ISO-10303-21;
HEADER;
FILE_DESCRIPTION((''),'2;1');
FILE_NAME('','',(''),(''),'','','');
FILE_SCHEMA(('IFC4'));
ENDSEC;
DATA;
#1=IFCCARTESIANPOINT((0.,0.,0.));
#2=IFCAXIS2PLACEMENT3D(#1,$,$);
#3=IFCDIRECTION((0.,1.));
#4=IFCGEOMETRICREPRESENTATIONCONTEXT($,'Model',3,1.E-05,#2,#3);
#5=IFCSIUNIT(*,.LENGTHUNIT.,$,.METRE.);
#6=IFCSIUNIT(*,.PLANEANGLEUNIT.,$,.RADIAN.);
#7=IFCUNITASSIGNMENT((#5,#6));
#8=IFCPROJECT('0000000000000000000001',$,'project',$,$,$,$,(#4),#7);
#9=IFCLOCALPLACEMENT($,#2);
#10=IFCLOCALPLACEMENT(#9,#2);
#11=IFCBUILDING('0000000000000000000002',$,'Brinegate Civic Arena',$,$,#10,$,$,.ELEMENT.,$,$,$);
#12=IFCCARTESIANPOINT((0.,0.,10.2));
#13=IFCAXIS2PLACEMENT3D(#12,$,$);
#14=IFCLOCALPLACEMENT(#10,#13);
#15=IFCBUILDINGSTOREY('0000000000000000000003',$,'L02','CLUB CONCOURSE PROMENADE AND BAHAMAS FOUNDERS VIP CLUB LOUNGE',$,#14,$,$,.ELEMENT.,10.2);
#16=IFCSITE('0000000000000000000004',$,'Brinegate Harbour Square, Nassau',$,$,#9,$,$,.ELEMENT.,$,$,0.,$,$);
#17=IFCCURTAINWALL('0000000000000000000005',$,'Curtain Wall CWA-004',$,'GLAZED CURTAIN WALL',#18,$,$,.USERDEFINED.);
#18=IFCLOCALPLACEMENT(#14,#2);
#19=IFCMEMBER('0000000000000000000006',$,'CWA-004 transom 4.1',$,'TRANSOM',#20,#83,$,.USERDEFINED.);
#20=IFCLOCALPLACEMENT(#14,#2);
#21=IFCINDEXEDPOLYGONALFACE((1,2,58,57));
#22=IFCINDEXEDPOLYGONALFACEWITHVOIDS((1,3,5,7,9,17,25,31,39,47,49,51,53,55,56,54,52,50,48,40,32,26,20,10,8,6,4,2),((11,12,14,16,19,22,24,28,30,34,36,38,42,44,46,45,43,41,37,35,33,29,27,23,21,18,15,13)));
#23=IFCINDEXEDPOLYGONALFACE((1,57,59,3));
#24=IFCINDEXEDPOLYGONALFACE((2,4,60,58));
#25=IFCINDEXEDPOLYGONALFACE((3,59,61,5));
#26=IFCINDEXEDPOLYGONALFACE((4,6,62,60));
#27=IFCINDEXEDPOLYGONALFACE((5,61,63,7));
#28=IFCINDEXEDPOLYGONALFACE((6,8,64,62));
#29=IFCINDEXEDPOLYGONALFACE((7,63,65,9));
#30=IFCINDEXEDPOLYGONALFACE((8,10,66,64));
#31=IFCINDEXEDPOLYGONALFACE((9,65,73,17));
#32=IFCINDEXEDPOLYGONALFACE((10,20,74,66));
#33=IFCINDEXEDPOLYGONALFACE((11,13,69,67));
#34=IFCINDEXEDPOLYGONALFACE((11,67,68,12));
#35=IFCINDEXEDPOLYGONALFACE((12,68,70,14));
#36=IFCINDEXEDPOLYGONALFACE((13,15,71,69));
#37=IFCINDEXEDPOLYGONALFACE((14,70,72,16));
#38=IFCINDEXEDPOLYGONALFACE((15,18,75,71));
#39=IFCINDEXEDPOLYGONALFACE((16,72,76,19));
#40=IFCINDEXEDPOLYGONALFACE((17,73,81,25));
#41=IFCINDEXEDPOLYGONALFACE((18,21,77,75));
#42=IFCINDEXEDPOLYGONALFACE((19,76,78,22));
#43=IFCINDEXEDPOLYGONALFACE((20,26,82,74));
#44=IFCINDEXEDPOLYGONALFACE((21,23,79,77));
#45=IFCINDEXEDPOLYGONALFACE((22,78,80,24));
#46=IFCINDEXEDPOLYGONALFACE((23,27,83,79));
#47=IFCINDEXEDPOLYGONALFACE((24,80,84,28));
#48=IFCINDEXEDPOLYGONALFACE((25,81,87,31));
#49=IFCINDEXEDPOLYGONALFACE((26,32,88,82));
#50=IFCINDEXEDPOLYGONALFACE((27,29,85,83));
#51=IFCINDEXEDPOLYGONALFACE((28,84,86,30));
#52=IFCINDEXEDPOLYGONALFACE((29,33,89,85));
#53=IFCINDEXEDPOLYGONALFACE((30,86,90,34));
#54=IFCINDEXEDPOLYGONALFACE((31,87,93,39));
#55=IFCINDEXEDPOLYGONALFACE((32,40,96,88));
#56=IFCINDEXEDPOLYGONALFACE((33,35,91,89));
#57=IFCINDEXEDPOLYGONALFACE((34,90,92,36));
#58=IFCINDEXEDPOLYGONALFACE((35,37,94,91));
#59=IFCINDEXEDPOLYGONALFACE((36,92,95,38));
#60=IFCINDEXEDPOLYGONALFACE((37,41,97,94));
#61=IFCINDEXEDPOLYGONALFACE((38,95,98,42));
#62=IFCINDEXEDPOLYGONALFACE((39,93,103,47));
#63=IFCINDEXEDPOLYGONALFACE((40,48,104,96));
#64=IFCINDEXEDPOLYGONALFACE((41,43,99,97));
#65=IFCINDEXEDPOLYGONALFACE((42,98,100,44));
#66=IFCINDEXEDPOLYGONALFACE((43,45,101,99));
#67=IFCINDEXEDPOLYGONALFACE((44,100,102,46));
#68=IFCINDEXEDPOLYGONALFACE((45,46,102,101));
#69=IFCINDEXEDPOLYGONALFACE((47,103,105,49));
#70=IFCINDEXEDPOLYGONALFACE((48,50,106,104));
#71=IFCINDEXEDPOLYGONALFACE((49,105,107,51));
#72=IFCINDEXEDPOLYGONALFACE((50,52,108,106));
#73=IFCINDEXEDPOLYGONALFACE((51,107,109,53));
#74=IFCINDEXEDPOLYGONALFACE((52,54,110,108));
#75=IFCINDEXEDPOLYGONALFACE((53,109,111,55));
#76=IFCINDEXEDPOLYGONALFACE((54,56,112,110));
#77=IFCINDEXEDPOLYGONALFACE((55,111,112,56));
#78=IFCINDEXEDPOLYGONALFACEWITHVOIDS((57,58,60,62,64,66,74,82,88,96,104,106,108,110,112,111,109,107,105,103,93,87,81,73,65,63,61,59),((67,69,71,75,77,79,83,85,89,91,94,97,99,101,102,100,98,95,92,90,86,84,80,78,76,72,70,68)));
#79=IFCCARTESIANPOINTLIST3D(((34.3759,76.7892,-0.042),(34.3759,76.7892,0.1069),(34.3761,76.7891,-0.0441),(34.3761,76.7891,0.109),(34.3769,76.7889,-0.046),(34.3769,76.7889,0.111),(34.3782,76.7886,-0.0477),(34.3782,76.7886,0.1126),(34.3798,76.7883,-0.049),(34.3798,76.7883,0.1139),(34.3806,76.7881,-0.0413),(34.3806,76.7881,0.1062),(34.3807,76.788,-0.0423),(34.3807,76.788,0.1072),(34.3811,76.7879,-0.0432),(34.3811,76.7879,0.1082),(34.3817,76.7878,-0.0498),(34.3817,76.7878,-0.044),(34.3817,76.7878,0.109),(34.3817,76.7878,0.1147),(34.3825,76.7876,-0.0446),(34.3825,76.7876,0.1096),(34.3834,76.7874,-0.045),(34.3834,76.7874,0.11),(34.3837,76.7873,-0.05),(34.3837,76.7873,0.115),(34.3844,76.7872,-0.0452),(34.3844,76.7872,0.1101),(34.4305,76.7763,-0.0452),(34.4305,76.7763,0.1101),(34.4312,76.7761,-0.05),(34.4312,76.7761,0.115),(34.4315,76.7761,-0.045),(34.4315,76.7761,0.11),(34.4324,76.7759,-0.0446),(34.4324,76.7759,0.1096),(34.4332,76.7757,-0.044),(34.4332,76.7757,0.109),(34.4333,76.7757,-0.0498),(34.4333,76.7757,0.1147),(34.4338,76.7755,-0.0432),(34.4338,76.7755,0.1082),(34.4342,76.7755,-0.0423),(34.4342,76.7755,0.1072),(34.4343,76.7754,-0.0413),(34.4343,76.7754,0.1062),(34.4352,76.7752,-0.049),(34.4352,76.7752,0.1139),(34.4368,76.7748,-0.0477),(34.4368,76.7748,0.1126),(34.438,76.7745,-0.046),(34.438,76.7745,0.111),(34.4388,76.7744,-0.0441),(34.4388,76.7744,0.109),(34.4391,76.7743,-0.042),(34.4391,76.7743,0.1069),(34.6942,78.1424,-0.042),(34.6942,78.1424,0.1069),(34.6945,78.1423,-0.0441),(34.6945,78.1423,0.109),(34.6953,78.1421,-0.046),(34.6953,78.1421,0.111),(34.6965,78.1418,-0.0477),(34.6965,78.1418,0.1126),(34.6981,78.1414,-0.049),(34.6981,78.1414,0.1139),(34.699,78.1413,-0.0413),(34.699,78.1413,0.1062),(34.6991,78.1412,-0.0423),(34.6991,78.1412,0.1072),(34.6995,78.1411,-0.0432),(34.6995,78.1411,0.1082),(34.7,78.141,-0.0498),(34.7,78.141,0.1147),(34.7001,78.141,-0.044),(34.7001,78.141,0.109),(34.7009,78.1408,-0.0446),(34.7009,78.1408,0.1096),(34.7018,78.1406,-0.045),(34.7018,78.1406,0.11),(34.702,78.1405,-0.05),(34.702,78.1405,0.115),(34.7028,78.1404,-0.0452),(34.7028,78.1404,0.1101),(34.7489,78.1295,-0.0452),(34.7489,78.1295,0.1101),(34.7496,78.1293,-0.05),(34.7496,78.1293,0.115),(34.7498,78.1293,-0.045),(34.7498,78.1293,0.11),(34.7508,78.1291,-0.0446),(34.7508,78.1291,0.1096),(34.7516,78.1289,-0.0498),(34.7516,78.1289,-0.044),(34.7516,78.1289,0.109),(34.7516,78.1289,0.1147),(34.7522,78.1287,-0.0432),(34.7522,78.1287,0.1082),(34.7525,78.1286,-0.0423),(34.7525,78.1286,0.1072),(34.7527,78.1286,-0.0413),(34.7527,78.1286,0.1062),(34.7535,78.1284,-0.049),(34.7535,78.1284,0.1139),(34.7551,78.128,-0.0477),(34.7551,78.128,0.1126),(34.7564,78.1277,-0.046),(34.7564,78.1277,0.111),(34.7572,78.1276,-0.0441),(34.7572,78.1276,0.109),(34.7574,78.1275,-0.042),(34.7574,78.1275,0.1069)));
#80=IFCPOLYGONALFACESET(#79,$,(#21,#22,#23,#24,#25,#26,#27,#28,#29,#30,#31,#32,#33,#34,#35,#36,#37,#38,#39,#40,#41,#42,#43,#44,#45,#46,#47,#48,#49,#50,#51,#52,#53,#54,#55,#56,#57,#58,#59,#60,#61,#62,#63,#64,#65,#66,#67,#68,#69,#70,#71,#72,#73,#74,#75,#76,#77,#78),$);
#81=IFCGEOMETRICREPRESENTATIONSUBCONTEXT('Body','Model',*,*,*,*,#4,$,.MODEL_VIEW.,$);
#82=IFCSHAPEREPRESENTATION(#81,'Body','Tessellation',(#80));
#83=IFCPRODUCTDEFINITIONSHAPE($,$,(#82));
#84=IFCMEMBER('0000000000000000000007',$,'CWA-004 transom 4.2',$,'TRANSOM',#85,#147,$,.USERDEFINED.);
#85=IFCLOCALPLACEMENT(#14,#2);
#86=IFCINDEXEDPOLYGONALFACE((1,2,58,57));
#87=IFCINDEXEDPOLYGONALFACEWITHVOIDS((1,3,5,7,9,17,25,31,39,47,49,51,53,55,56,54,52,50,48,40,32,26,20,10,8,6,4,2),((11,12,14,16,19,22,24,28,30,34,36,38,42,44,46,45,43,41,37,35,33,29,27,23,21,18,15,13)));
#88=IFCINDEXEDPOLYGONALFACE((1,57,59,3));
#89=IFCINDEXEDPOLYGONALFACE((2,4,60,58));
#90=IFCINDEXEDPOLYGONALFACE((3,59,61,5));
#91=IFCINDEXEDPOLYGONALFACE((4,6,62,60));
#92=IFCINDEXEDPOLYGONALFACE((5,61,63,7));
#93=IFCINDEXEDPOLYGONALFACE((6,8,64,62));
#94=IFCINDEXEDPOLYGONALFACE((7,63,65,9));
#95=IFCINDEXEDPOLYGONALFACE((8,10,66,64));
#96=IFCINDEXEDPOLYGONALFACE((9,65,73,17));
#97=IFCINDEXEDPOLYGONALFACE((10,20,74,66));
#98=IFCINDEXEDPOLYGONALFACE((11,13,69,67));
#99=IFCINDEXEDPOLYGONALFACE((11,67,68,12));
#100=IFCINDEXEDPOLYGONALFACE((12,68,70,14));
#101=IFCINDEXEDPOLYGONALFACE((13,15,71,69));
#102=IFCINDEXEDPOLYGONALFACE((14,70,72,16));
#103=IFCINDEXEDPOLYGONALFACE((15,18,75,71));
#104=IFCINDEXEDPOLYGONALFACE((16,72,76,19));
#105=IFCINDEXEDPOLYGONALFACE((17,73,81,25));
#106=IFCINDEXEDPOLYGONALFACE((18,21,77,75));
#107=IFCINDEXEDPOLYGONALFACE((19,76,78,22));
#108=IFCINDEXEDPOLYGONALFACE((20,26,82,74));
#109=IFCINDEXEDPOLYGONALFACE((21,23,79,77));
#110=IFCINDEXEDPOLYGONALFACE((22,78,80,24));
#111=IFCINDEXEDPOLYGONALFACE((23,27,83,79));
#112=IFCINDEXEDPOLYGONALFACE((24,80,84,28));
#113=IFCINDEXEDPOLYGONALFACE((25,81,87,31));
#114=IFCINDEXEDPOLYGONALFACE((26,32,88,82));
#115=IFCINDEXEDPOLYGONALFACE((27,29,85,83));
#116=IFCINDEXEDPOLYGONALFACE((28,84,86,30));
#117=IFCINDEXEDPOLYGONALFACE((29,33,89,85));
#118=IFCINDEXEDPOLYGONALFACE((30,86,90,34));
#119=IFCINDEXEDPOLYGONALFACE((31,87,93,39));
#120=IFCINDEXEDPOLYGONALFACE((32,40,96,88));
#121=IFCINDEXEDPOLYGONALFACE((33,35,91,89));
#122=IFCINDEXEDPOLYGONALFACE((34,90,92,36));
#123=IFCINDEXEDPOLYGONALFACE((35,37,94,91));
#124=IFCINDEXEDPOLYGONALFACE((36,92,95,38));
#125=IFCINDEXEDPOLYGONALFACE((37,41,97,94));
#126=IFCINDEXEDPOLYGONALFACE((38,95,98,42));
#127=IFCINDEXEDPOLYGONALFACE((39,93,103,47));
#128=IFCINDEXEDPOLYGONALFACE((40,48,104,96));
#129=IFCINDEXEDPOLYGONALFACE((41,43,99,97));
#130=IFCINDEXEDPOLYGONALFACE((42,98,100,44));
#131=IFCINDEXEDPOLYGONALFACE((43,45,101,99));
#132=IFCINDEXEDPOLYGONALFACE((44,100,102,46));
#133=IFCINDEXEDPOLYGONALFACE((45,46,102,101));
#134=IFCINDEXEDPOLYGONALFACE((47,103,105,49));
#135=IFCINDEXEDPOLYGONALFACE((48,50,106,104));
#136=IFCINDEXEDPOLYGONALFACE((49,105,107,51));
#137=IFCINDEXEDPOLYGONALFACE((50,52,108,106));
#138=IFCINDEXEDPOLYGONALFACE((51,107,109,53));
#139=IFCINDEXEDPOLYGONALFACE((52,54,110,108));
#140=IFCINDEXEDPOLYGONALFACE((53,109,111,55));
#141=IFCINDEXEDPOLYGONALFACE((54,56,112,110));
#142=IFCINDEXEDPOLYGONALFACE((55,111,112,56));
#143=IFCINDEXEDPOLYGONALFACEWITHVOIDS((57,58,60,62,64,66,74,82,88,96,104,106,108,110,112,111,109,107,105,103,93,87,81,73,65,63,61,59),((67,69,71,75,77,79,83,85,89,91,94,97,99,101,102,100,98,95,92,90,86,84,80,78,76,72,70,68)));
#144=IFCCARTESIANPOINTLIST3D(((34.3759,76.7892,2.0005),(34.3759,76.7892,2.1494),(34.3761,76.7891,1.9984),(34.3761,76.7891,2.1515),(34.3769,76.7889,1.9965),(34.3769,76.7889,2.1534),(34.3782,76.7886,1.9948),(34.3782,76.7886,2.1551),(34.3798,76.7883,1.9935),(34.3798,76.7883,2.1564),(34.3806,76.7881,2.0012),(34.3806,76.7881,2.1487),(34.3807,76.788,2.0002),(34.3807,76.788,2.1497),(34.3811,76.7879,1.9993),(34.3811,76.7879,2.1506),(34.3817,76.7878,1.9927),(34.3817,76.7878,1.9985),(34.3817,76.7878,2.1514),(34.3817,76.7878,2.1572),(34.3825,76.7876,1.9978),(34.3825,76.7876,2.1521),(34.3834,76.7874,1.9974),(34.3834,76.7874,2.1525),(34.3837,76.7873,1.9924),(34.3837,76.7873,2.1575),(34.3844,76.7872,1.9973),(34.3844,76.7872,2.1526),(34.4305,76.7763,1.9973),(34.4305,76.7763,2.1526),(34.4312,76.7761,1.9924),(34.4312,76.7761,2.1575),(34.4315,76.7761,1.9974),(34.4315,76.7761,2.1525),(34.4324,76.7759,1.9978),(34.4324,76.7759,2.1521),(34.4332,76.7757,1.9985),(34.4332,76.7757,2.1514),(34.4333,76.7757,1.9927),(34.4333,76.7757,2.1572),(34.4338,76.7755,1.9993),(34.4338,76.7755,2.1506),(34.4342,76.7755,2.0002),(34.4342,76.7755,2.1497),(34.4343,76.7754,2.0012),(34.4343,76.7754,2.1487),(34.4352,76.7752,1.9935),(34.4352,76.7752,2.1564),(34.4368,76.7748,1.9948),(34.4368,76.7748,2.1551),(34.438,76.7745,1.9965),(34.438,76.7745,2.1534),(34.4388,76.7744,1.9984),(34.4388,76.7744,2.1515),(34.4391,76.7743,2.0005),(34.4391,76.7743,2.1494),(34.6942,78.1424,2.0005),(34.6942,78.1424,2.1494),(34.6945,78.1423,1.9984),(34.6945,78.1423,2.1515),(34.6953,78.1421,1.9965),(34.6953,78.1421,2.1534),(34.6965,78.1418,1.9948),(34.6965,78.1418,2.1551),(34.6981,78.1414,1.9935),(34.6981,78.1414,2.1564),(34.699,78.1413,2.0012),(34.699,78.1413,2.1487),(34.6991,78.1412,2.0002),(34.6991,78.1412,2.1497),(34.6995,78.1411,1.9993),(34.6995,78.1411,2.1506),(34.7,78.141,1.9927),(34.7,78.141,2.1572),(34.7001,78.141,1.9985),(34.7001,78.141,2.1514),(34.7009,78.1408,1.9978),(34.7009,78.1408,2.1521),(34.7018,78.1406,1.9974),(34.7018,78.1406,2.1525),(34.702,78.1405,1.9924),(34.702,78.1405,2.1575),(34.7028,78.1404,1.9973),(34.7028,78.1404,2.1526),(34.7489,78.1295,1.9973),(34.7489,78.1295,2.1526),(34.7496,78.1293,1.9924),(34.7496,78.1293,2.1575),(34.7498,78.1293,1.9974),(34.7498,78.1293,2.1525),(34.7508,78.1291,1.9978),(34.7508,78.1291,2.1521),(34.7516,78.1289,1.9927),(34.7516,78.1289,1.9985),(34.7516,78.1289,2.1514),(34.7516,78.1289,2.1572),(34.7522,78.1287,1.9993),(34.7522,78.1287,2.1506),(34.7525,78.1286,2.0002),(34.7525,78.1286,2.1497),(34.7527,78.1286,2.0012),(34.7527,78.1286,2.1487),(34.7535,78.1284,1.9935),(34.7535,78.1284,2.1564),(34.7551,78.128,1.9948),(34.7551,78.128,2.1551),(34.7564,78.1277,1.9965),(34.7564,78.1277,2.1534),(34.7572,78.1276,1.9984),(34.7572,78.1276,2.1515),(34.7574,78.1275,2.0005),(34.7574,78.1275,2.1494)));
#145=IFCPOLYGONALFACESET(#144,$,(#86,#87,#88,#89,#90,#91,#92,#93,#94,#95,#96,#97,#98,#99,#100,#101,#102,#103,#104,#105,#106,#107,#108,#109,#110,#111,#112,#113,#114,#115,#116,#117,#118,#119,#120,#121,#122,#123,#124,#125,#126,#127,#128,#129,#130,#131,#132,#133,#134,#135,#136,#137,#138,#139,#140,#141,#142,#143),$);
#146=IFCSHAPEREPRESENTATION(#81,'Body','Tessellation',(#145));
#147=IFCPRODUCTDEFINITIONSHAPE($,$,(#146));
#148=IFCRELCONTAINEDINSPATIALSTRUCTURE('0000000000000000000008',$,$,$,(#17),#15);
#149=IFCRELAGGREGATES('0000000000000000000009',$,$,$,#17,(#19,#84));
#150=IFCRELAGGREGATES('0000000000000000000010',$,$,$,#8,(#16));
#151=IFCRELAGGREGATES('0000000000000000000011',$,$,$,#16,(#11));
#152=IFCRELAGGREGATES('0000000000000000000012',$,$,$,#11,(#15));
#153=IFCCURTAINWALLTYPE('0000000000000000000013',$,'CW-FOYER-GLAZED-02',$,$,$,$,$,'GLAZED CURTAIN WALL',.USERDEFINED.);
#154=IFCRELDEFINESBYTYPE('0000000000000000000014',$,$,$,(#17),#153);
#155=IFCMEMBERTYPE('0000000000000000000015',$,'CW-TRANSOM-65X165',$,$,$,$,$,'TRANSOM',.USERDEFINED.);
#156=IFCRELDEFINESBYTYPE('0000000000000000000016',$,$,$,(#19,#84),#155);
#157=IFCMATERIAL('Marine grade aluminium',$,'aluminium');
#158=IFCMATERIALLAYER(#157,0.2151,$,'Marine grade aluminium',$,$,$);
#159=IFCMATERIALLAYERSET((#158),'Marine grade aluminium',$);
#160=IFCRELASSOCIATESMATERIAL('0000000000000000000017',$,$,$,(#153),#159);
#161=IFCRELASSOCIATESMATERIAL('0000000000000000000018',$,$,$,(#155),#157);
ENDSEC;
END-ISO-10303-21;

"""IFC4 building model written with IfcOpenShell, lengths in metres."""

from ifc_helpers import new_model, si_unit, direction, frame, origin, origin_2d, place, context, subcontext, project, spatial, hollow_rectangle, extrude, material, layer, layer_set, material_profile, profile_set, type_object, element, aggregate, save


model = new_model("IFC4")

# Units and contexts
model_context = context("Model", 3, precision=1e-05, world=origin(), true_north=direction((0.0, 1.0)))
body_context = subcontext(model_context, "Body", "Model", "MODEL_VIEW")
ifc_project = project(units=[si_unit("LENGTHUNIT", "METRE"), si_unit("PLANEANGLEUNIT", "RADIAN")], contexts=[model_context])

# Site, building, storey
site_placement = place(None, origin())
site = spatial("IfcSite", under=ifc_project, at=site_placement, Name="Brinegate Harbour Square, Nassau", CompositionType="ELEMENT", RefElevation=0.0)
building_placement = place(site_placement, origin())
building = spatial("IfcBuilding", under=site, at=building_placement, Name="Brinegate Civic Arena", CompositionType="ELEMENT")
storey_placement = place(building_placement, frame((0.0, 0.0, 10.2)))
storey = spatial("IfcBuildingStorey", under=building, at=storey_placement, Name="L02", Description="CLUB CONCOURSE PROMENADE AND BAHAMAS FOUNDERS VIP CLUB LOUNGE", CompositionType="ELEMENT", Elevation=10.2)

# Curtain wall, members
ifc_material_1 = material(Name="Marine grade aluminium", Category="aluminium")
ifc_layer_1 = layer(ifc_material_1, 0.2151, Name="Marine grade aluminium")
ifc_layer_set_1 = layer_set([ifc_layer_1], Name="Marine grade aluminium")
curtain_wall_type = type_object("IfcCurtainWallType", Name="CW-FOYER-GLAZED-02", ElementType="GLAZED CURTAIN WALL", PredefinedType="USERDEFINED", material=ifc_layer_set_1)
curtain_wall_placement = place(storey_placement, origin())
curtain_wall = element("IfcCurtainWall", 1, at=curtain_wall_placement, inside=storey, type_object=curtain_wall_type, Name="Curtain Wall CWA-004", ObjectType="GLAZED CURTAIN WALL", PredefinedType="USERDEFINED")
ifc_material_profile_1 = material_profile(ifc_material_1, hollow_rectangle(XDim=0.0649, YDim=0.165, WallThickness=0.0049, InnerFilletRadius=0.0039, OuterFilletRadius=0.0081, at=origin_2d()), Name="TRN65X165")
ifc_profile_set_1 = profile_set([ifc_material_profile_1], Name="Marine grade aluminium")
member_type_1 = type_object("IfcMemberType", Name="CW-TRANSOM-65X165", ElementType="TRANSOM", PredefinedType="USERDEFINED", material=ifc_profile_set_1)
member_1_placement = place(storey_placement, frame((34.4075, 76.7817, 0.0325), z_axis=(0.229, 0.973426, 0.0), x_axis=(-0.973426, 0.229, 0.0)))
member_1 = element("IfcMember", 2, at=member_1_placement, type_object=member_type_1, Name="CWA-004 transom 4.1", ObjectType="TRANSOM", PredefinedType="USERDEFINED", context=body_context, shape_type="SweptSolid", body=[
    extrude(hollow_rectangle(XDim=0.0649, YDim=0.165, WallThickness=0.0049, InnerFilletRadius=0.0039, OuterFilletRadius=0.0081, at=origin_2d()), origin(), (0.0, 0.0, 1.0), 1.3901),
])
member_2_placement = place(storey_placement, frame((34.4075, 76.7817, 2.075), z_axis=(0.229, 0.973426, 0.0), x_axis=(-0.973426, 0.229, 0.0)))
member_2 = element("IfcMember", 3, at=member_2_placement, type_object=member_type_1, Name="CWA-004 transom 4.2", ObjectType="TRANSOM", PredefinedType="USERDEFINED", context=body_context, shape_type="SweptSolid", body=[
    extrude(hollow_rectangle(XDim=0.0649, YDim=0.165, WallThickness=0.0049, InnerFilletRadius=0.0039, OuterFilletRadius=0.0081, at=origin_2d()), origin(), (0.0, 0.0, 1.0), 1.3901),
])

aggregate(curtain_wall, [member_1, member_2])

save(model, "model.ifc")
